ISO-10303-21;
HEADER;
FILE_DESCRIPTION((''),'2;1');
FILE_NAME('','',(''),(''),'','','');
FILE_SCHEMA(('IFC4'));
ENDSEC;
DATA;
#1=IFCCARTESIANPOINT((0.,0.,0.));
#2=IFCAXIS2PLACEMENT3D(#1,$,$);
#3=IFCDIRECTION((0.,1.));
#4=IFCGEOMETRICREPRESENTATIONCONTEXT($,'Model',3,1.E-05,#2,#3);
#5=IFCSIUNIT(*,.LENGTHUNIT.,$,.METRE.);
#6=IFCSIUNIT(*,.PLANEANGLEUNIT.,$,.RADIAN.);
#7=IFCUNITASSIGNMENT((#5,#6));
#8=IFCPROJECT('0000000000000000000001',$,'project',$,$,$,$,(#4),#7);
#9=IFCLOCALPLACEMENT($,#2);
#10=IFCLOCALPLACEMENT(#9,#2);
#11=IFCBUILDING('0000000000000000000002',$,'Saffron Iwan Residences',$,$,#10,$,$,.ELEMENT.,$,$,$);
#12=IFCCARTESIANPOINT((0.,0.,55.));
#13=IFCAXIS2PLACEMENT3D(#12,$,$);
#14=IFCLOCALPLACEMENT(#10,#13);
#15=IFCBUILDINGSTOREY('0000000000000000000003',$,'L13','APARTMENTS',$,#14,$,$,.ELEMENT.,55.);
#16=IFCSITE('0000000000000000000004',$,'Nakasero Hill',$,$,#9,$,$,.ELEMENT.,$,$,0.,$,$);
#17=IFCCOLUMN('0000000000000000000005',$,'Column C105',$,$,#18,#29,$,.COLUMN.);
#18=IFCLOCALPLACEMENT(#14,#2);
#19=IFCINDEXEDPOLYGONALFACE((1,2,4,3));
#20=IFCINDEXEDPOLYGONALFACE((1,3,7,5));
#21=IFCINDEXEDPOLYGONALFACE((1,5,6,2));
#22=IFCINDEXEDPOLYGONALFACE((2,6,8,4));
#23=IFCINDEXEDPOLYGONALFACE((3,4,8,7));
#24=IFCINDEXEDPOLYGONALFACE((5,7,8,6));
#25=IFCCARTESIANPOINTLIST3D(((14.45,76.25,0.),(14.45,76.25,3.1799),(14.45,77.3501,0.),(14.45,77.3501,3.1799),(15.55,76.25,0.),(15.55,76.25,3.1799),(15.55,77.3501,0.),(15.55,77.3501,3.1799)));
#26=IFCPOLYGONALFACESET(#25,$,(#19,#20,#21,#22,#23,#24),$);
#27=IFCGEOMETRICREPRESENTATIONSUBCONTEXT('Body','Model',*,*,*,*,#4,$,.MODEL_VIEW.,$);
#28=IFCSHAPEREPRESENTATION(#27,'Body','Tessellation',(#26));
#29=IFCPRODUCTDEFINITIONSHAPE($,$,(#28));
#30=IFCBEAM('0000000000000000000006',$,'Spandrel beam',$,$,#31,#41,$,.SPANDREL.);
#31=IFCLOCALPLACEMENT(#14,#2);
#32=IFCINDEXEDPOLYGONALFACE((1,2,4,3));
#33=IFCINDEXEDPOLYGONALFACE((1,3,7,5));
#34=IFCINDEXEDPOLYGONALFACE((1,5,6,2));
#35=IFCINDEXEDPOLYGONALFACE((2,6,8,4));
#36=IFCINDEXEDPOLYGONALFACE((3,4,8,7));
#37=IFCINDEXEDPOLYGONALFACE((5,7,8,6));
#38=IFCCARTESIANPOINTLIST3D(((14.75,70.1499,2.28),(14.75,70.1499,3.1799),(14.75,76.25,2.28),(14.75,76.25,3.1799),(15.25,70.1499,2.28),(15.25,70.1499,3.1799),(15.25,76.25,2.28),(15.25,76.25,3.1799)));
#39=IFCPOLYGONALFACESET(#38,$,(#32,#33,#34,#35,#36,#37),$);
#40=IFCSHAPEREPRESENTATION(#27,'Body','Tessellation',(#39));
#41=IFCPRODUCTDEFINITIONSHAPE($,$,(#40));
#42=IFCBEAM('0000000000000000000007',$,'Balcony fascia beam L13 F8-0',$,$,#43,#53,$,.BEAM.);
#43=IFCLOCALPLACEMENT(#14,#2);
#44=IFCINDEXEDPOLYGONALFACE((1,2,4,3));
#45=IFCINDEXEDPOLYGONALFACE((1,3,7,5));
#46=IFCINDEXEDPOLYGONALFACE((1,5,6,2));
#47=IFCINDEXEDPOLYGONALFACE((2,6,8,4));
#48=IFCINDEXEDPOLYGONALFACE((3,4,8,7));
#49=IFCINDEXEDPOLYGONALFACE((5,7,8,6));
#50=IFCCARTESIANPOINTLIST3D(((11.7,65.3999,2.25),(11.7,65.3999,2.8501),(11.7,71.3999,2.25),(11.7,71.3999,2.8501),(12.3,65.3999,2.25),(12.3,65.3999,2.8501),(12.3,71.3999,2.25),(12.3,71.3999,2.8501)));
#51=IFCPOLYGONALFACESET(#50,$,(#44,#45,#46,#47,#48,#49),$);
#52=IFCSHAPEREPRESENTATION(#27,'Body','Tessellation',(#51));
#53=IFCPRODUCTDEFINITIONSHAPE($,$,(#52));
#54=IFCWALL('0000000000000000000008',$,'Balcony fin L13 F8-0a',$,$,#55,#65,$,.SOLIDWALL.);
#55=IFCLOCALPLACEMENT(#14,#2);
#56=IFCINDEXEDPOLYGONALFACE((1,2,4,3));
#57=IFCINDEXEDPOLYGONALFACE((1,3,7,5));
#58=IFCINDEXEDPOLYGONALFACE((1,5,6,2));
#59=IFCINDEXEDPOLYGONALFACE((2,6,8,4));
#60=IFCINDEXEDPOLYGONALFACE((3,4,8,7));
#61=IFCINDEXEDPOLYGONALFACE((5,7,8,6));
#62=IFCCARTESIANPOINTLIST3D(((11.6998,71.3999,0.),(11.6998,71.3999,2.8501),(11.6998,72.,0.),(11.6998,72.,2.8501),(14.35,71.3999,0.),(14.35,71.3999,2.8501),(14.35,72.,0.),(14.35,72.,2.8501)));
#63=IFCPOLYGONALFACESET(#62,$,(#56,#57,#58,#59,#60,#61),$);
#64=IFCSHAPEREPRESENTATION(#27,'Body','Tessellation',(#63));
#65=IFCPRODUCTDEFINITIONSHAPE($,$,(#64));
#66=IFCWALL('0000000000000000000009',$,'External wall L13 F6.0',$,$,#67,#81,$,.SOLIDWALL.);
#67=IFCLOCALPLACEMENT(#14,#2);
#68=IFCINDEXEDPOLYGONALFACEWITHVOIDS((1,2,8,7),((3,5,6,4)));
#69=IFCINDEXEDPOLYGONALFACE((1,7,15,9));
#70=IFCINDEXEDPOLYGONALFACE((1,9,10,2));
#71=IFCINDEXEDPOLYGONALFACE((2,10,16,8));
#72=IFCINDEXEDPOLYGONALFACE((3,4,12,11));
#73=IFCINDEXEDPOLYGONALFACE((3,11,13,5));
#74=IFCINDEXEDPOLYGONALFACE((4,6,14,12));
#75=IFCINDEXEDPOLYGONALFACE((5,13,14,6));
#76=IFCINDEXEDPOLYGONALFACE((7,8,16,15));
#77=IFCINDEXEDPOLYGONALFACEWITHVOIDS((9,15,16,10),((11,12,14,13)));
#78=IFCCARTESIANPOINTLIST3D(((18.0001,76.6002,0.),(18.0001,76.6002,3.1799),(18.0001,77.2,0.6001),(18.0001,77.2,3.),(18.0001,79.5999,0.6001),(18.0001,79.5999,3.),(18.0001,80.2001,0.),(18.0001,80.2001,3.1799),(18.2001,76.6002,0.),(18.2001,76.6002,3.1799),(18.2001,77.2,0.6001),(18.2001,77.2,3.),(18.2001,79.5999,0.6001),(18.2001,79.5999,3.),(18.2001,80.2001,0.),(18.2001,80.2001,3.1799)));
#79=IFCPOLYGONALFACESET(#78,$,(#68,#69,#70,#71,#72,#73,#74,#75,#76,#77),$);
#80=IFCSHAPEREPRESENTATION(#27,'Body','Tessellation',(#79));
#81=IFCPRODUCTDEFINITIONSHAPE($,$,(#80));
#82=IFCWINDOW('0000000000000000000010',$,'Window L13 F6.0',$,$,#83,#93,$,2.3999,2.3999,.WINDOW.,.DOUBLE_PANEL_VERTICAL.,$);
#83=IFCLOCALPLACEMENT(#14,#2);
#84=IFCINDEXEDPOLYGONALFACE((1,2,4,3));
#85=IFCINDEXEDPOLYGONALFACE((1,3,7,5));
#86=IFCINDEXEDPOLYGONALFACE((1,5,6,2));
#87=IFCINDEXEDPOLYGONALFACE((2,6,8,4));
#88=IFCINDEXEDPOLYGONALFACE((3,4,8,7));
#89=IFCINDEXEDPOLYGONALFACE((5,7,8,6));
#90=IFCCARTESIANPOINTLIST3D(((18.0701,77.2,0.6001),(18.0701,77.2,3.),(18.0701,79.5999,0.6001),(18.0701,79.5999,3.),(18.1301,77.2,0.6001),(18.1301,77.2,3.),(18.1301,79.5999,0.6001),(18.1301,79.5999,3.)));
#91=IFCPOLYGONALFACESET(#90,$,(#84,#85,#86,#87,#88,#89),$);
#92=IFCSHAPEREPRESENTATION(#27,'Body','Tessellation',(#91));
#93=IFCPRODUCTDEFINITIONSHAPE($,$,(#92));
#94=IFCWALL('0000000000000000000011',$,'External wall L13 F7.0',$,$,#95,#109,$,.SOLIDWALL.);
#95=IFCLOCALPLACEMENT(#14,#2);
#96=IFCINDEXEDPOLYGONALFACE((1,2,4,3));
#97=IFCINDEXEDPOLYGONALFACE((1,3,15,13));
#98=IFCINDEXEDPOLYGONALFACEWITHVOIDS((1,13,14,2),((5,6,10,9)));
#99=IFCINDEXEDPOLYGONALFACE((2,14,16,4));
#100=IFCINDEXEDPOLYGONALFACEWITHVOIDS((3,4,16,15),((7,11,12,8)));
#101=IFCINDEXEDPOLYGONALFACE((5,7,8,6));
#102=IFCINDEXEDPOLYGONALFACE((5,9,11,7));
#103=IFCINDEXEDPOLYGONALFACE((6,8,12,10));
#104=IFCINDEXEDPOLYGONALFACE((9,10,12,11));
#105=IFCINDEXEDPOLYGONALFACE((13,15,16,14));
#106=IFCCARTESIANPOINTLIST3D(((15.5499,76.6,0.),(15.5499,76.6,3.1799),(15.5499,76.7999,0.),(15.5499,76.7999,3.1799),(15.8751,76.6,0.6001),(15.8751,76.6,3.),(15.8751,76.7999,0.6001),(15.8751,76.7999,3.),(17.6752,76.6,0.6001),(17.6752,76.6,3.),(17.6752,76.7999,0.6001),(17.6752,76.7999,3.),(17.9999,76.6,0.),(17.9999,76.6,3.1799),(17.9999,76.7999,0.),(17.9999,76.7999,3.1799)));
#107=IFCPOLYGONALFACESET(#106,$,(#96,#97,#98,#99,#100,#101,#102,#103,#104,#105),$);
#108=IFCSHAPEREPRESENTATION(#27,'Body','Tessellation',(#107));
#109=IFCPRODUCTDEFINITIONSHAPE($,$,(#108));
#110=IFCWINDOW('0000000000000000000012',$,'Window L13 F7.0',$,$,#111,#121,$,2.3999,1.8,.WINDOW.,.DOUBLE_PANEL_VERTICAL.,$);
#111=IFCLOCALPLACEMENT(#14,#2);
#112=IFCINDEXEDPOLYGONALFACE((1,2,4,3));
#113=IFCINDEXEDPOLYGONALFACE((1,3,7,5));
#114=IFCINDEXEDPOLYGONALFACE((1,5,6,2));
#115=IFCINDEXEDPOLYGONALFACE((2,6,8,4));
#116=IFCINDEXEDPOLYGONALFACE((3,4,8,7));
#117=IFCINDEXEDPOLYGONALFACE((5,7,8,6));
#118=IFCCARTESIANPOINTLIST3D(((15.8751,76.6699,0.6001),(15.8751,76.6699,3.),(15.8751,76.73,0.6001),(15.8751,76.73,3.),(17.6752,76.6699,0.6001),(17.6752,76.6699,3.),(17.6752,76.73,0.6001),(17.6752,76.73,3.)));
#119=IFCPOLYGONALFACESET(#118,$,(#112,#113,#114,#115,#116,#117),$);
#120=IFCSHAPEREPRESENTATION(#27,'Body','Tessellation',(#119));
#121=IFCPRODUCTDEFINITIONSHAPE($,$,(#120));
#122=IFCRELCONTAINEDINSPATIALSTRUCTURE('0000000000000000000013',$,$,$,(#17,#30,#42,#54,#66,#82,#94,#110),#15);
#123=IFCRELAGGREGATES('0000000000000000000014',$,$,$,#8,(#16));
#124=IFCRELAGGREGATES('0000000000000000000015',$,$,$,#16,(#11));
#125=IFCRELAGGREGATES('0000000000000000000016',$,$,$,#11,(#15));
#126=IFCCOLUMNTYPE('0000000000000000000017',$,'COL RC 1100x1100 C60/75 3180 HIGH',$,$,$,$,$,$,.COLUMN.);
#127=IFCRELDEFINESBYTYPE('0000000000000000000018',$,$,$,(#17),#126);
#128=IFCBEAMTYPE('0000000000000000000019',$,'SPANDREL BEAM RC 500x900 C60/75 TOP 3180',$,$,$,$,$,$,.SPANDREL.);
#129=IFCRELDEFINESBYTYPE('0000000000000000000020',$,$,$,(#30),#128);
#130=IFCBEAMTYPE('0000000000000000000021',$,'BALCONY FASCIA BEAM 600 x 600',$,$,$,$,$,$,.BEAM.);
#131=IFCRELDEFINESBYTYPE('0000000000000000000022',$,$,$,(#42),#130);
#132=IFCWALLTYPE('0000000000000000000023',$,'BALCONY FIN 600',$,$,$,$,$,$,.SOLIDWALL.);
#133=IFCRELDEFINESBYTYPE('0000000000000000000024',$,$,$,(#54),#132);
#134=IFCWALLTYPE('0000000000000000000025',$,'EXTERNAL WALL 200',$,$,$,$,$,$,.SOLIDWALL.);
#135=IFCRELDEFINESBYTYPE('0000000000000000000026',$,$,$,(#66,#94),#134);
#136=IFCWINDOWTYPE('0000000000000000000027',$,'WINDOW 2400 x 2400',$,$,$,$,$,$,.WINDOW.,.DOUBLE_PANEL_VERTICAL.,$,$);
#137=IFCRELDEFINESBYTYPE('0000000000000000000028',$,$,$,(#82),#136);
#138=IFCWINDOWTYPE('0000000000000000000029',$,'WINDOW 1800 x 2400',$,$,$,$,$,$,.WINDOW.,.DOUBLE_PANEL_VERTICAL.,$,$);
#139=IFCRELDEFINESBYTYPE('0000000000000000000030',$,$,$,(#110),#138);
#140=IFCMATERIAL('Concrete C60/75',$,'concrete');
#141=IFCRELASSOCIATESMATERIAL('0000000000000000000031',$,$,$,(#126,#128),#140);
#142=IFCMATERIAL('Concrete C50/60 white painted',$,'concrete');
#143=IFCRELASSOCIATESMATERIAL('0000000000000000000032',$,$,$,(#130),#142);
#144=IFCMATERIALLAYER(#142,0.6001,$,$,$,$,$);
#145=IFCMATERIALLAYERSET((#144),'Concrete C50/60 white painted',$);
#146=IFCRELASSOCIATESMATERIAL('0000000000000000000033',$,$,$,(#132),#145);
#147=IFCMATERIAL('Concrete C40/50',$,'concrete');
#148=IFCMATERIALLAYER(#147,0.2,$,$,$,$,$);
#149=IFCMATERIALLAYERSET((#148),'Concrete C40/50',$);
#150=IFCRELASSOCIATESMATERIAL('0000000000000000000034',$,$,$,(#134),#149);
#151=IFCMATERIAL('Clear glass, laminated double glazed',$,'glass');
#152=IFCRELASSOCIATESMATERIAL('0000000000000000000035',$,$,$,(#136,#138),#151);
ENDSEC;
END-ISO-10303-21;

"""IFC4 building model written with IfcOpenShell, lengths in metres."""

from ifc_helpers import new_model, si_unit, direction, frame, frame_2d, origin, origin_2d, place, context, subcontext, project, spatial, rectangle, extrude, source, transform, mapped, material, layer, layer_set, material_profile, profile_set, type_object, element, fill, save


model = new_model("IFC4")

# Units and contexts
model_context = context("Model", 3, precision=1e-05, world=origin(), true_north=direction((0.0, 1.0)))
body_context = subcontext(model_context, "Body", "Model", "MODEL_VIEW")
ifc_project = project(units=[si_unit("LENGTHUNIT", "METRE"), si_unit("PLANEANGLEUNIT", "RADIAN")], contexts=[model_context])

# Site, building, storey
site_placement = place(None, origin())
site = spatial("IfcSite", under=ifc_project, at=site_placement, Name="Nakasero Hill", CompositionType="ELEMENT", RefElevation=0.0)
building_placement = place(site_placement, origin())
building = spatial("IfcBuilding", under=site, at=building_placement, Name="Saffron Iwan Residences", CompositionType="ELEMENT")
storey_placement = place(building_placement, frame((0.0, 0.0, 55.0)))
storey = spatial("IfcBuildingStorey", under=building, at=storey_placement, Name="L13", Description="APARTMENTS", CompositionType="ELEMENT", Elevation=55.0)

# Column
ifc_material_1 = material(Name="Concrete C60/75", Category="concrete")
ifc_material_profile_1 = material_profile(ifc_material_1, rectangle(XDim=1.1001, YDim=1.1001, at=origin_2d()), Name="RC 1100x1100")
ifc_profile_set_1 = profile_set([ifc_material_profile_1], Name="Concrete C60/75")
column_type = type_object("IfcColumnType", Name="COL RC 1100x1100 C60/75 3180 HIGH", PredefinedType="COLUMN", material=ifc_profile_set_1)
shared_shape_1 = source(origin(), body_context, "Body", "SweptSolid", [
    extrude(rectangle(XDim=1.1001, YDim=1.1001, at=origin_2d()), origin(), (0.0, 0.0, 1.0), 3.1799),
])
column_placement = place(storey_placement, frame((15.0, 76.8, 0.0), z_axis=(0.0, 0.0, 1.0), x_axis=(1.0, 0.0, 0.0)))
element("IfcColumn", 1, at=column_placement, inside=storey, type_object=column_type, Name="Column C105", PredefinedType="COLUMN", context=body_context, shape_type="MappedRepresentation", body=[
    mapped(shared_shape_1, transform((0.0, 0.0, 0.0))),
])

# Beams
ifc_material_profile_2 = material_profile(ifc_material_1, rectangle(XDim=0.5, YDim=0.8999, at=origin_2d()), Name="RC 500x900")
ifc_profile_set_2 = profile_set([ifc_material_profile_2], Name="Concrete C60/75")
beam_type_1 = type_object("IfcBeamType", Name="SPANDREL BEAM RC 500x900 C60/75 TOP 3180", PredefinedType="SPANDREL", material=ifc_profile_set_2)
shared_shape_2 = source(origin(), body_context, "Body", "SweptSolid", [
    extrude(rectangle(XDim=0.5, YDim=0.8999, at=origin_2d()), origin(), (0.0, 0.0, 1.0), 6.1001),
])
beam_1_placement = place(storey_placement, frame((15.0, 70.1499, 2.73), z_axis=(0.0, 1.0, 0.0), x_axis=(-1.0, 0.0, 0.0)))
element("IfcBeam", 2, at=beam_1_placement, inside=storey, type_object=beam_type_1, Name="Spandrel beam", PredefinedType="SPANDREL", context=body_context, shape_type="MappedRepresentation", body=[
    mapped(shared_shape_2, transform((0.0, 0.0, 0.0))),
])
ifc_material_2 = material(Name="Concrete C50/60 white painted", Category="concrete")
ifc_material_profile_3 = material_profile(ifc_material_2, rectangle(XDim=0.6001, YDim=0.6001, at=origin_2d()), Name="BALCONY FASCIA BEAM 600 x 600")
ifc_profile_set_3 = profile_set([ifc_material_profile_3], Name="Concrete C50/60 white painted")
beam_type_2 = type_object("IfcBeamType", Name="BALCONY FASCIA BEAM 600 x 600", PredefinedType="BEAM", material=ifc_profile_set_3)
shared_shape_3 = source(origin(), body_context, "Body", "SweptSolid", [
    extrude(rectangle(XDim=0.6001, YDim=0.6001, at=origin_2d()), origin(), (0.0, 0.0, 1.0), 6.0),
])
beam_2_placement = place(storey_placement, frame((12.0, 71.3999, 2.55), z_axis=(0.0, -1.0, 0.0), x_axis=(1.0, 0.0, 0.0)))
element("IfcBeam", 3, at=beam_2_placement, inside=storey, type_object=beam_type_2, Name="Balcony fascia beam L13 F8-0", PredefinedType="BEAM", context=body_context, shape_type="MappedRepresentation", body=[
    mapped(shared_shape_3, transform((0.0, 0.0, 0.0))),
])

# Wall
ifc_layer_1 = layer(ifc_material_2, 0.6001)
ifc_layer_set_1 = layer_set([ifc_layer_1], Name="Concrete C50/60 white painted")
wall_type_1 = type_object("IfcWallType", Name="BALCONY FIN 600", PredefinedType="SOLIDWALL", material=ifc_layer_set_1)
wall_1_placement = place(storey_placement, frame((14.3501, 71.7, 0.0), z_axis=(0.0, 0.0, 1.0), x_axis=(-1.0, 0.0, 0.0)))
element("IfcWall", 4, at=wall_1_placement, inside=storey, type_object=wall_type_1, Name="Balcony fin L13 F8-0a", PredefinedType="SOLIDWALL", context=body_context, shape_type="SweptSolid", body=[
    extrude(rectangle(XDim=2.6501, YDim=0.6001, at=frame_2d((1.3252, 0.0))), origin(), (0.0, 0.0, 1.0), 2.8501),
])

# Walls, openings, windows
ifc_material_3 = material(Name="Concrete C40/50", Category="concrete")
ifc_layer_2 = layer(ifc_material_3, 0.2)
ifc_layer_set_2 = layer_set([ifc_layer_2], Name="Concrete C40/50")
wall_type_2 = type_object("IfcWallType", Name="EXTERNAL WALL 200", PredefinedType="SOLIDWALL", material=ifc_layer_set_2)
wall_2_placement = place(storey_placement, frame((18.1001, 80.2, 0.0), z_axis=(0.0, 0.0, 1.0), x_axis=(0.0, -1.0, 0.0)))
wall_2 = element("IfcWall", 5, at=wall_2_placement, inside=storey, type_object=wall_type_2, Name="External wall L13 F6.0", PredefinedType="SOLIDWALL", context=body_context, shape_type="SweptSolid", body=[
    extrude(rectangle(XDim=3.5999, YDim=0.2, at=frame_2d((1.7998, 0.0))), origin(), (0.0, 0.0, 1.0), 3.1799),
])
opening_1_placement = place(wall_2_placement, frame((0.6001, 0.0, 0.6001)))
opening_1 = element("IfcOpeningElement", 6, at=opening_1_placement, cuts=wall_2, PredefinedType="OPENING", context=body_context, shape_type="SweptSolid", body=[
    extrude(rectangle(XDim=2.3999, YDim=2.3999, at=frame_2d((1.2, 1.2))), frame((0.0, 0.1099, 0.0), z_axis=(0.0, -1.0, 0.0), x_axis=(1.0, 0.0, 0.0)), (0.0, 0.0, 1.0), 0.22),
])
ifc_material_4 = material(Name="Clear glass, laminated double glazed", Category="glass")
window_type_1 = type_object("IfcWindowType", Name="WINDOW 2400 x 2400", PartitioningType="DOUBLE_PANEL_VERTICAL", PredefinedType="WINDOW", material=ifc_material_4)
window_1_placement = place(opening_1_placement, origin())
window_1 = element("IfcWindow", 7, at=window_1_placement, inside=storey, type_object=window_type_1, Name="Window L13 F6.0", OverallHeight=2.3999, OverallWidth=2.3999, PartitioningType="DOUBLE_PANEL_VERTICAL", PredefinedType="WINDOW", context=body_context, shape_type="SweptSolid", body=[
    extrude(rectangle(XDim=2.3999, YDim=2.3999, at=frame_2d((1.2, 1.2))), frame((0.0, 0.03, 0.0), z_axis=(0.0, -1.0, 0.0), x_axis=(1.0, 0.0, 0.0)), (0.0, 0.0, 1.0), 0.0601),
])
fill(opening_1, window_1)
wall_3_placement = place(storey_placement, frame((18.0, 76.7, 0.0), z_axis=(0.0, 0.0, 1.0), x_axis=(-1.0, 0.0, 0.0)))
wall_3 = element("IfcWall", 8, at=wall_3_placement, inside=storey, type_object=wall_type_2, Name="External wall L13 F7.0", PredefinedType="SOLIDWALL", context=body_context, shape_type="SweptSolid", body=[
    extrude(rectangle(XDim=2.45, YDim=0.2, at=frame_2d((1.2251, 0.0))), origin(), (0.0, 0.0, 1.0), 3.1799),
])
opening_2_placement = place(wall_3_placement, frame((0.325, 0.0, 0.6001)))
opening_2 = element("IfcOpeningElement", 9, at=opening_2_placement, cuts=wall_3, PredefinedType="OPENING", context=body_context, shape_type="SweptSolid", body=[
    extrude(rectangle(XDim=1.8, YDim=2.3999, at=frame_2d((0.8999, 1.2))), frame((0.0, 0.1099, 0.0), z_axis=(0.0, -1.0, 0.0), x_axis=(1.0, 0.0, 0.0)), (0.0, 0.0, 1.0), 0.22),
])
window_type_2 = type_object("IfcWindowType", Name="WINDOW 1800 x 2400", PartitioningType="DOUBLE_PANEL_VERTICAL", PredefinedType="WINDOW", material=ifc_material_4)
window_2_placement = place(opening_2_placement, origin())
window_2 = element("IfcWindow", 10, at=window_2_placement, inside=storey, type_object=window_type_2, Name="Window L13 F7.0", OverallHeight=2.3999, OverallWidth=1.8, PartitioningType="DOUBLE_PANEL_VERTICAL", PredefinedType="WINDOW", context=body_context, shape_type="SweptSolid", body=[
    extrude(rectangle(XDim=1.8, YDim=2.3999, at=frame_2d((0.8999, 1.2))), frame((0.0, 0.03, 0.0), z_axis=(0.0, -1.0, 0.0), x_axis=(1.0, 0.0, 0.0)), (0.0, 0.0, 1.0), 0.0601),
])
fill(opening_2, window_2)

save(model, "model.ifc")
